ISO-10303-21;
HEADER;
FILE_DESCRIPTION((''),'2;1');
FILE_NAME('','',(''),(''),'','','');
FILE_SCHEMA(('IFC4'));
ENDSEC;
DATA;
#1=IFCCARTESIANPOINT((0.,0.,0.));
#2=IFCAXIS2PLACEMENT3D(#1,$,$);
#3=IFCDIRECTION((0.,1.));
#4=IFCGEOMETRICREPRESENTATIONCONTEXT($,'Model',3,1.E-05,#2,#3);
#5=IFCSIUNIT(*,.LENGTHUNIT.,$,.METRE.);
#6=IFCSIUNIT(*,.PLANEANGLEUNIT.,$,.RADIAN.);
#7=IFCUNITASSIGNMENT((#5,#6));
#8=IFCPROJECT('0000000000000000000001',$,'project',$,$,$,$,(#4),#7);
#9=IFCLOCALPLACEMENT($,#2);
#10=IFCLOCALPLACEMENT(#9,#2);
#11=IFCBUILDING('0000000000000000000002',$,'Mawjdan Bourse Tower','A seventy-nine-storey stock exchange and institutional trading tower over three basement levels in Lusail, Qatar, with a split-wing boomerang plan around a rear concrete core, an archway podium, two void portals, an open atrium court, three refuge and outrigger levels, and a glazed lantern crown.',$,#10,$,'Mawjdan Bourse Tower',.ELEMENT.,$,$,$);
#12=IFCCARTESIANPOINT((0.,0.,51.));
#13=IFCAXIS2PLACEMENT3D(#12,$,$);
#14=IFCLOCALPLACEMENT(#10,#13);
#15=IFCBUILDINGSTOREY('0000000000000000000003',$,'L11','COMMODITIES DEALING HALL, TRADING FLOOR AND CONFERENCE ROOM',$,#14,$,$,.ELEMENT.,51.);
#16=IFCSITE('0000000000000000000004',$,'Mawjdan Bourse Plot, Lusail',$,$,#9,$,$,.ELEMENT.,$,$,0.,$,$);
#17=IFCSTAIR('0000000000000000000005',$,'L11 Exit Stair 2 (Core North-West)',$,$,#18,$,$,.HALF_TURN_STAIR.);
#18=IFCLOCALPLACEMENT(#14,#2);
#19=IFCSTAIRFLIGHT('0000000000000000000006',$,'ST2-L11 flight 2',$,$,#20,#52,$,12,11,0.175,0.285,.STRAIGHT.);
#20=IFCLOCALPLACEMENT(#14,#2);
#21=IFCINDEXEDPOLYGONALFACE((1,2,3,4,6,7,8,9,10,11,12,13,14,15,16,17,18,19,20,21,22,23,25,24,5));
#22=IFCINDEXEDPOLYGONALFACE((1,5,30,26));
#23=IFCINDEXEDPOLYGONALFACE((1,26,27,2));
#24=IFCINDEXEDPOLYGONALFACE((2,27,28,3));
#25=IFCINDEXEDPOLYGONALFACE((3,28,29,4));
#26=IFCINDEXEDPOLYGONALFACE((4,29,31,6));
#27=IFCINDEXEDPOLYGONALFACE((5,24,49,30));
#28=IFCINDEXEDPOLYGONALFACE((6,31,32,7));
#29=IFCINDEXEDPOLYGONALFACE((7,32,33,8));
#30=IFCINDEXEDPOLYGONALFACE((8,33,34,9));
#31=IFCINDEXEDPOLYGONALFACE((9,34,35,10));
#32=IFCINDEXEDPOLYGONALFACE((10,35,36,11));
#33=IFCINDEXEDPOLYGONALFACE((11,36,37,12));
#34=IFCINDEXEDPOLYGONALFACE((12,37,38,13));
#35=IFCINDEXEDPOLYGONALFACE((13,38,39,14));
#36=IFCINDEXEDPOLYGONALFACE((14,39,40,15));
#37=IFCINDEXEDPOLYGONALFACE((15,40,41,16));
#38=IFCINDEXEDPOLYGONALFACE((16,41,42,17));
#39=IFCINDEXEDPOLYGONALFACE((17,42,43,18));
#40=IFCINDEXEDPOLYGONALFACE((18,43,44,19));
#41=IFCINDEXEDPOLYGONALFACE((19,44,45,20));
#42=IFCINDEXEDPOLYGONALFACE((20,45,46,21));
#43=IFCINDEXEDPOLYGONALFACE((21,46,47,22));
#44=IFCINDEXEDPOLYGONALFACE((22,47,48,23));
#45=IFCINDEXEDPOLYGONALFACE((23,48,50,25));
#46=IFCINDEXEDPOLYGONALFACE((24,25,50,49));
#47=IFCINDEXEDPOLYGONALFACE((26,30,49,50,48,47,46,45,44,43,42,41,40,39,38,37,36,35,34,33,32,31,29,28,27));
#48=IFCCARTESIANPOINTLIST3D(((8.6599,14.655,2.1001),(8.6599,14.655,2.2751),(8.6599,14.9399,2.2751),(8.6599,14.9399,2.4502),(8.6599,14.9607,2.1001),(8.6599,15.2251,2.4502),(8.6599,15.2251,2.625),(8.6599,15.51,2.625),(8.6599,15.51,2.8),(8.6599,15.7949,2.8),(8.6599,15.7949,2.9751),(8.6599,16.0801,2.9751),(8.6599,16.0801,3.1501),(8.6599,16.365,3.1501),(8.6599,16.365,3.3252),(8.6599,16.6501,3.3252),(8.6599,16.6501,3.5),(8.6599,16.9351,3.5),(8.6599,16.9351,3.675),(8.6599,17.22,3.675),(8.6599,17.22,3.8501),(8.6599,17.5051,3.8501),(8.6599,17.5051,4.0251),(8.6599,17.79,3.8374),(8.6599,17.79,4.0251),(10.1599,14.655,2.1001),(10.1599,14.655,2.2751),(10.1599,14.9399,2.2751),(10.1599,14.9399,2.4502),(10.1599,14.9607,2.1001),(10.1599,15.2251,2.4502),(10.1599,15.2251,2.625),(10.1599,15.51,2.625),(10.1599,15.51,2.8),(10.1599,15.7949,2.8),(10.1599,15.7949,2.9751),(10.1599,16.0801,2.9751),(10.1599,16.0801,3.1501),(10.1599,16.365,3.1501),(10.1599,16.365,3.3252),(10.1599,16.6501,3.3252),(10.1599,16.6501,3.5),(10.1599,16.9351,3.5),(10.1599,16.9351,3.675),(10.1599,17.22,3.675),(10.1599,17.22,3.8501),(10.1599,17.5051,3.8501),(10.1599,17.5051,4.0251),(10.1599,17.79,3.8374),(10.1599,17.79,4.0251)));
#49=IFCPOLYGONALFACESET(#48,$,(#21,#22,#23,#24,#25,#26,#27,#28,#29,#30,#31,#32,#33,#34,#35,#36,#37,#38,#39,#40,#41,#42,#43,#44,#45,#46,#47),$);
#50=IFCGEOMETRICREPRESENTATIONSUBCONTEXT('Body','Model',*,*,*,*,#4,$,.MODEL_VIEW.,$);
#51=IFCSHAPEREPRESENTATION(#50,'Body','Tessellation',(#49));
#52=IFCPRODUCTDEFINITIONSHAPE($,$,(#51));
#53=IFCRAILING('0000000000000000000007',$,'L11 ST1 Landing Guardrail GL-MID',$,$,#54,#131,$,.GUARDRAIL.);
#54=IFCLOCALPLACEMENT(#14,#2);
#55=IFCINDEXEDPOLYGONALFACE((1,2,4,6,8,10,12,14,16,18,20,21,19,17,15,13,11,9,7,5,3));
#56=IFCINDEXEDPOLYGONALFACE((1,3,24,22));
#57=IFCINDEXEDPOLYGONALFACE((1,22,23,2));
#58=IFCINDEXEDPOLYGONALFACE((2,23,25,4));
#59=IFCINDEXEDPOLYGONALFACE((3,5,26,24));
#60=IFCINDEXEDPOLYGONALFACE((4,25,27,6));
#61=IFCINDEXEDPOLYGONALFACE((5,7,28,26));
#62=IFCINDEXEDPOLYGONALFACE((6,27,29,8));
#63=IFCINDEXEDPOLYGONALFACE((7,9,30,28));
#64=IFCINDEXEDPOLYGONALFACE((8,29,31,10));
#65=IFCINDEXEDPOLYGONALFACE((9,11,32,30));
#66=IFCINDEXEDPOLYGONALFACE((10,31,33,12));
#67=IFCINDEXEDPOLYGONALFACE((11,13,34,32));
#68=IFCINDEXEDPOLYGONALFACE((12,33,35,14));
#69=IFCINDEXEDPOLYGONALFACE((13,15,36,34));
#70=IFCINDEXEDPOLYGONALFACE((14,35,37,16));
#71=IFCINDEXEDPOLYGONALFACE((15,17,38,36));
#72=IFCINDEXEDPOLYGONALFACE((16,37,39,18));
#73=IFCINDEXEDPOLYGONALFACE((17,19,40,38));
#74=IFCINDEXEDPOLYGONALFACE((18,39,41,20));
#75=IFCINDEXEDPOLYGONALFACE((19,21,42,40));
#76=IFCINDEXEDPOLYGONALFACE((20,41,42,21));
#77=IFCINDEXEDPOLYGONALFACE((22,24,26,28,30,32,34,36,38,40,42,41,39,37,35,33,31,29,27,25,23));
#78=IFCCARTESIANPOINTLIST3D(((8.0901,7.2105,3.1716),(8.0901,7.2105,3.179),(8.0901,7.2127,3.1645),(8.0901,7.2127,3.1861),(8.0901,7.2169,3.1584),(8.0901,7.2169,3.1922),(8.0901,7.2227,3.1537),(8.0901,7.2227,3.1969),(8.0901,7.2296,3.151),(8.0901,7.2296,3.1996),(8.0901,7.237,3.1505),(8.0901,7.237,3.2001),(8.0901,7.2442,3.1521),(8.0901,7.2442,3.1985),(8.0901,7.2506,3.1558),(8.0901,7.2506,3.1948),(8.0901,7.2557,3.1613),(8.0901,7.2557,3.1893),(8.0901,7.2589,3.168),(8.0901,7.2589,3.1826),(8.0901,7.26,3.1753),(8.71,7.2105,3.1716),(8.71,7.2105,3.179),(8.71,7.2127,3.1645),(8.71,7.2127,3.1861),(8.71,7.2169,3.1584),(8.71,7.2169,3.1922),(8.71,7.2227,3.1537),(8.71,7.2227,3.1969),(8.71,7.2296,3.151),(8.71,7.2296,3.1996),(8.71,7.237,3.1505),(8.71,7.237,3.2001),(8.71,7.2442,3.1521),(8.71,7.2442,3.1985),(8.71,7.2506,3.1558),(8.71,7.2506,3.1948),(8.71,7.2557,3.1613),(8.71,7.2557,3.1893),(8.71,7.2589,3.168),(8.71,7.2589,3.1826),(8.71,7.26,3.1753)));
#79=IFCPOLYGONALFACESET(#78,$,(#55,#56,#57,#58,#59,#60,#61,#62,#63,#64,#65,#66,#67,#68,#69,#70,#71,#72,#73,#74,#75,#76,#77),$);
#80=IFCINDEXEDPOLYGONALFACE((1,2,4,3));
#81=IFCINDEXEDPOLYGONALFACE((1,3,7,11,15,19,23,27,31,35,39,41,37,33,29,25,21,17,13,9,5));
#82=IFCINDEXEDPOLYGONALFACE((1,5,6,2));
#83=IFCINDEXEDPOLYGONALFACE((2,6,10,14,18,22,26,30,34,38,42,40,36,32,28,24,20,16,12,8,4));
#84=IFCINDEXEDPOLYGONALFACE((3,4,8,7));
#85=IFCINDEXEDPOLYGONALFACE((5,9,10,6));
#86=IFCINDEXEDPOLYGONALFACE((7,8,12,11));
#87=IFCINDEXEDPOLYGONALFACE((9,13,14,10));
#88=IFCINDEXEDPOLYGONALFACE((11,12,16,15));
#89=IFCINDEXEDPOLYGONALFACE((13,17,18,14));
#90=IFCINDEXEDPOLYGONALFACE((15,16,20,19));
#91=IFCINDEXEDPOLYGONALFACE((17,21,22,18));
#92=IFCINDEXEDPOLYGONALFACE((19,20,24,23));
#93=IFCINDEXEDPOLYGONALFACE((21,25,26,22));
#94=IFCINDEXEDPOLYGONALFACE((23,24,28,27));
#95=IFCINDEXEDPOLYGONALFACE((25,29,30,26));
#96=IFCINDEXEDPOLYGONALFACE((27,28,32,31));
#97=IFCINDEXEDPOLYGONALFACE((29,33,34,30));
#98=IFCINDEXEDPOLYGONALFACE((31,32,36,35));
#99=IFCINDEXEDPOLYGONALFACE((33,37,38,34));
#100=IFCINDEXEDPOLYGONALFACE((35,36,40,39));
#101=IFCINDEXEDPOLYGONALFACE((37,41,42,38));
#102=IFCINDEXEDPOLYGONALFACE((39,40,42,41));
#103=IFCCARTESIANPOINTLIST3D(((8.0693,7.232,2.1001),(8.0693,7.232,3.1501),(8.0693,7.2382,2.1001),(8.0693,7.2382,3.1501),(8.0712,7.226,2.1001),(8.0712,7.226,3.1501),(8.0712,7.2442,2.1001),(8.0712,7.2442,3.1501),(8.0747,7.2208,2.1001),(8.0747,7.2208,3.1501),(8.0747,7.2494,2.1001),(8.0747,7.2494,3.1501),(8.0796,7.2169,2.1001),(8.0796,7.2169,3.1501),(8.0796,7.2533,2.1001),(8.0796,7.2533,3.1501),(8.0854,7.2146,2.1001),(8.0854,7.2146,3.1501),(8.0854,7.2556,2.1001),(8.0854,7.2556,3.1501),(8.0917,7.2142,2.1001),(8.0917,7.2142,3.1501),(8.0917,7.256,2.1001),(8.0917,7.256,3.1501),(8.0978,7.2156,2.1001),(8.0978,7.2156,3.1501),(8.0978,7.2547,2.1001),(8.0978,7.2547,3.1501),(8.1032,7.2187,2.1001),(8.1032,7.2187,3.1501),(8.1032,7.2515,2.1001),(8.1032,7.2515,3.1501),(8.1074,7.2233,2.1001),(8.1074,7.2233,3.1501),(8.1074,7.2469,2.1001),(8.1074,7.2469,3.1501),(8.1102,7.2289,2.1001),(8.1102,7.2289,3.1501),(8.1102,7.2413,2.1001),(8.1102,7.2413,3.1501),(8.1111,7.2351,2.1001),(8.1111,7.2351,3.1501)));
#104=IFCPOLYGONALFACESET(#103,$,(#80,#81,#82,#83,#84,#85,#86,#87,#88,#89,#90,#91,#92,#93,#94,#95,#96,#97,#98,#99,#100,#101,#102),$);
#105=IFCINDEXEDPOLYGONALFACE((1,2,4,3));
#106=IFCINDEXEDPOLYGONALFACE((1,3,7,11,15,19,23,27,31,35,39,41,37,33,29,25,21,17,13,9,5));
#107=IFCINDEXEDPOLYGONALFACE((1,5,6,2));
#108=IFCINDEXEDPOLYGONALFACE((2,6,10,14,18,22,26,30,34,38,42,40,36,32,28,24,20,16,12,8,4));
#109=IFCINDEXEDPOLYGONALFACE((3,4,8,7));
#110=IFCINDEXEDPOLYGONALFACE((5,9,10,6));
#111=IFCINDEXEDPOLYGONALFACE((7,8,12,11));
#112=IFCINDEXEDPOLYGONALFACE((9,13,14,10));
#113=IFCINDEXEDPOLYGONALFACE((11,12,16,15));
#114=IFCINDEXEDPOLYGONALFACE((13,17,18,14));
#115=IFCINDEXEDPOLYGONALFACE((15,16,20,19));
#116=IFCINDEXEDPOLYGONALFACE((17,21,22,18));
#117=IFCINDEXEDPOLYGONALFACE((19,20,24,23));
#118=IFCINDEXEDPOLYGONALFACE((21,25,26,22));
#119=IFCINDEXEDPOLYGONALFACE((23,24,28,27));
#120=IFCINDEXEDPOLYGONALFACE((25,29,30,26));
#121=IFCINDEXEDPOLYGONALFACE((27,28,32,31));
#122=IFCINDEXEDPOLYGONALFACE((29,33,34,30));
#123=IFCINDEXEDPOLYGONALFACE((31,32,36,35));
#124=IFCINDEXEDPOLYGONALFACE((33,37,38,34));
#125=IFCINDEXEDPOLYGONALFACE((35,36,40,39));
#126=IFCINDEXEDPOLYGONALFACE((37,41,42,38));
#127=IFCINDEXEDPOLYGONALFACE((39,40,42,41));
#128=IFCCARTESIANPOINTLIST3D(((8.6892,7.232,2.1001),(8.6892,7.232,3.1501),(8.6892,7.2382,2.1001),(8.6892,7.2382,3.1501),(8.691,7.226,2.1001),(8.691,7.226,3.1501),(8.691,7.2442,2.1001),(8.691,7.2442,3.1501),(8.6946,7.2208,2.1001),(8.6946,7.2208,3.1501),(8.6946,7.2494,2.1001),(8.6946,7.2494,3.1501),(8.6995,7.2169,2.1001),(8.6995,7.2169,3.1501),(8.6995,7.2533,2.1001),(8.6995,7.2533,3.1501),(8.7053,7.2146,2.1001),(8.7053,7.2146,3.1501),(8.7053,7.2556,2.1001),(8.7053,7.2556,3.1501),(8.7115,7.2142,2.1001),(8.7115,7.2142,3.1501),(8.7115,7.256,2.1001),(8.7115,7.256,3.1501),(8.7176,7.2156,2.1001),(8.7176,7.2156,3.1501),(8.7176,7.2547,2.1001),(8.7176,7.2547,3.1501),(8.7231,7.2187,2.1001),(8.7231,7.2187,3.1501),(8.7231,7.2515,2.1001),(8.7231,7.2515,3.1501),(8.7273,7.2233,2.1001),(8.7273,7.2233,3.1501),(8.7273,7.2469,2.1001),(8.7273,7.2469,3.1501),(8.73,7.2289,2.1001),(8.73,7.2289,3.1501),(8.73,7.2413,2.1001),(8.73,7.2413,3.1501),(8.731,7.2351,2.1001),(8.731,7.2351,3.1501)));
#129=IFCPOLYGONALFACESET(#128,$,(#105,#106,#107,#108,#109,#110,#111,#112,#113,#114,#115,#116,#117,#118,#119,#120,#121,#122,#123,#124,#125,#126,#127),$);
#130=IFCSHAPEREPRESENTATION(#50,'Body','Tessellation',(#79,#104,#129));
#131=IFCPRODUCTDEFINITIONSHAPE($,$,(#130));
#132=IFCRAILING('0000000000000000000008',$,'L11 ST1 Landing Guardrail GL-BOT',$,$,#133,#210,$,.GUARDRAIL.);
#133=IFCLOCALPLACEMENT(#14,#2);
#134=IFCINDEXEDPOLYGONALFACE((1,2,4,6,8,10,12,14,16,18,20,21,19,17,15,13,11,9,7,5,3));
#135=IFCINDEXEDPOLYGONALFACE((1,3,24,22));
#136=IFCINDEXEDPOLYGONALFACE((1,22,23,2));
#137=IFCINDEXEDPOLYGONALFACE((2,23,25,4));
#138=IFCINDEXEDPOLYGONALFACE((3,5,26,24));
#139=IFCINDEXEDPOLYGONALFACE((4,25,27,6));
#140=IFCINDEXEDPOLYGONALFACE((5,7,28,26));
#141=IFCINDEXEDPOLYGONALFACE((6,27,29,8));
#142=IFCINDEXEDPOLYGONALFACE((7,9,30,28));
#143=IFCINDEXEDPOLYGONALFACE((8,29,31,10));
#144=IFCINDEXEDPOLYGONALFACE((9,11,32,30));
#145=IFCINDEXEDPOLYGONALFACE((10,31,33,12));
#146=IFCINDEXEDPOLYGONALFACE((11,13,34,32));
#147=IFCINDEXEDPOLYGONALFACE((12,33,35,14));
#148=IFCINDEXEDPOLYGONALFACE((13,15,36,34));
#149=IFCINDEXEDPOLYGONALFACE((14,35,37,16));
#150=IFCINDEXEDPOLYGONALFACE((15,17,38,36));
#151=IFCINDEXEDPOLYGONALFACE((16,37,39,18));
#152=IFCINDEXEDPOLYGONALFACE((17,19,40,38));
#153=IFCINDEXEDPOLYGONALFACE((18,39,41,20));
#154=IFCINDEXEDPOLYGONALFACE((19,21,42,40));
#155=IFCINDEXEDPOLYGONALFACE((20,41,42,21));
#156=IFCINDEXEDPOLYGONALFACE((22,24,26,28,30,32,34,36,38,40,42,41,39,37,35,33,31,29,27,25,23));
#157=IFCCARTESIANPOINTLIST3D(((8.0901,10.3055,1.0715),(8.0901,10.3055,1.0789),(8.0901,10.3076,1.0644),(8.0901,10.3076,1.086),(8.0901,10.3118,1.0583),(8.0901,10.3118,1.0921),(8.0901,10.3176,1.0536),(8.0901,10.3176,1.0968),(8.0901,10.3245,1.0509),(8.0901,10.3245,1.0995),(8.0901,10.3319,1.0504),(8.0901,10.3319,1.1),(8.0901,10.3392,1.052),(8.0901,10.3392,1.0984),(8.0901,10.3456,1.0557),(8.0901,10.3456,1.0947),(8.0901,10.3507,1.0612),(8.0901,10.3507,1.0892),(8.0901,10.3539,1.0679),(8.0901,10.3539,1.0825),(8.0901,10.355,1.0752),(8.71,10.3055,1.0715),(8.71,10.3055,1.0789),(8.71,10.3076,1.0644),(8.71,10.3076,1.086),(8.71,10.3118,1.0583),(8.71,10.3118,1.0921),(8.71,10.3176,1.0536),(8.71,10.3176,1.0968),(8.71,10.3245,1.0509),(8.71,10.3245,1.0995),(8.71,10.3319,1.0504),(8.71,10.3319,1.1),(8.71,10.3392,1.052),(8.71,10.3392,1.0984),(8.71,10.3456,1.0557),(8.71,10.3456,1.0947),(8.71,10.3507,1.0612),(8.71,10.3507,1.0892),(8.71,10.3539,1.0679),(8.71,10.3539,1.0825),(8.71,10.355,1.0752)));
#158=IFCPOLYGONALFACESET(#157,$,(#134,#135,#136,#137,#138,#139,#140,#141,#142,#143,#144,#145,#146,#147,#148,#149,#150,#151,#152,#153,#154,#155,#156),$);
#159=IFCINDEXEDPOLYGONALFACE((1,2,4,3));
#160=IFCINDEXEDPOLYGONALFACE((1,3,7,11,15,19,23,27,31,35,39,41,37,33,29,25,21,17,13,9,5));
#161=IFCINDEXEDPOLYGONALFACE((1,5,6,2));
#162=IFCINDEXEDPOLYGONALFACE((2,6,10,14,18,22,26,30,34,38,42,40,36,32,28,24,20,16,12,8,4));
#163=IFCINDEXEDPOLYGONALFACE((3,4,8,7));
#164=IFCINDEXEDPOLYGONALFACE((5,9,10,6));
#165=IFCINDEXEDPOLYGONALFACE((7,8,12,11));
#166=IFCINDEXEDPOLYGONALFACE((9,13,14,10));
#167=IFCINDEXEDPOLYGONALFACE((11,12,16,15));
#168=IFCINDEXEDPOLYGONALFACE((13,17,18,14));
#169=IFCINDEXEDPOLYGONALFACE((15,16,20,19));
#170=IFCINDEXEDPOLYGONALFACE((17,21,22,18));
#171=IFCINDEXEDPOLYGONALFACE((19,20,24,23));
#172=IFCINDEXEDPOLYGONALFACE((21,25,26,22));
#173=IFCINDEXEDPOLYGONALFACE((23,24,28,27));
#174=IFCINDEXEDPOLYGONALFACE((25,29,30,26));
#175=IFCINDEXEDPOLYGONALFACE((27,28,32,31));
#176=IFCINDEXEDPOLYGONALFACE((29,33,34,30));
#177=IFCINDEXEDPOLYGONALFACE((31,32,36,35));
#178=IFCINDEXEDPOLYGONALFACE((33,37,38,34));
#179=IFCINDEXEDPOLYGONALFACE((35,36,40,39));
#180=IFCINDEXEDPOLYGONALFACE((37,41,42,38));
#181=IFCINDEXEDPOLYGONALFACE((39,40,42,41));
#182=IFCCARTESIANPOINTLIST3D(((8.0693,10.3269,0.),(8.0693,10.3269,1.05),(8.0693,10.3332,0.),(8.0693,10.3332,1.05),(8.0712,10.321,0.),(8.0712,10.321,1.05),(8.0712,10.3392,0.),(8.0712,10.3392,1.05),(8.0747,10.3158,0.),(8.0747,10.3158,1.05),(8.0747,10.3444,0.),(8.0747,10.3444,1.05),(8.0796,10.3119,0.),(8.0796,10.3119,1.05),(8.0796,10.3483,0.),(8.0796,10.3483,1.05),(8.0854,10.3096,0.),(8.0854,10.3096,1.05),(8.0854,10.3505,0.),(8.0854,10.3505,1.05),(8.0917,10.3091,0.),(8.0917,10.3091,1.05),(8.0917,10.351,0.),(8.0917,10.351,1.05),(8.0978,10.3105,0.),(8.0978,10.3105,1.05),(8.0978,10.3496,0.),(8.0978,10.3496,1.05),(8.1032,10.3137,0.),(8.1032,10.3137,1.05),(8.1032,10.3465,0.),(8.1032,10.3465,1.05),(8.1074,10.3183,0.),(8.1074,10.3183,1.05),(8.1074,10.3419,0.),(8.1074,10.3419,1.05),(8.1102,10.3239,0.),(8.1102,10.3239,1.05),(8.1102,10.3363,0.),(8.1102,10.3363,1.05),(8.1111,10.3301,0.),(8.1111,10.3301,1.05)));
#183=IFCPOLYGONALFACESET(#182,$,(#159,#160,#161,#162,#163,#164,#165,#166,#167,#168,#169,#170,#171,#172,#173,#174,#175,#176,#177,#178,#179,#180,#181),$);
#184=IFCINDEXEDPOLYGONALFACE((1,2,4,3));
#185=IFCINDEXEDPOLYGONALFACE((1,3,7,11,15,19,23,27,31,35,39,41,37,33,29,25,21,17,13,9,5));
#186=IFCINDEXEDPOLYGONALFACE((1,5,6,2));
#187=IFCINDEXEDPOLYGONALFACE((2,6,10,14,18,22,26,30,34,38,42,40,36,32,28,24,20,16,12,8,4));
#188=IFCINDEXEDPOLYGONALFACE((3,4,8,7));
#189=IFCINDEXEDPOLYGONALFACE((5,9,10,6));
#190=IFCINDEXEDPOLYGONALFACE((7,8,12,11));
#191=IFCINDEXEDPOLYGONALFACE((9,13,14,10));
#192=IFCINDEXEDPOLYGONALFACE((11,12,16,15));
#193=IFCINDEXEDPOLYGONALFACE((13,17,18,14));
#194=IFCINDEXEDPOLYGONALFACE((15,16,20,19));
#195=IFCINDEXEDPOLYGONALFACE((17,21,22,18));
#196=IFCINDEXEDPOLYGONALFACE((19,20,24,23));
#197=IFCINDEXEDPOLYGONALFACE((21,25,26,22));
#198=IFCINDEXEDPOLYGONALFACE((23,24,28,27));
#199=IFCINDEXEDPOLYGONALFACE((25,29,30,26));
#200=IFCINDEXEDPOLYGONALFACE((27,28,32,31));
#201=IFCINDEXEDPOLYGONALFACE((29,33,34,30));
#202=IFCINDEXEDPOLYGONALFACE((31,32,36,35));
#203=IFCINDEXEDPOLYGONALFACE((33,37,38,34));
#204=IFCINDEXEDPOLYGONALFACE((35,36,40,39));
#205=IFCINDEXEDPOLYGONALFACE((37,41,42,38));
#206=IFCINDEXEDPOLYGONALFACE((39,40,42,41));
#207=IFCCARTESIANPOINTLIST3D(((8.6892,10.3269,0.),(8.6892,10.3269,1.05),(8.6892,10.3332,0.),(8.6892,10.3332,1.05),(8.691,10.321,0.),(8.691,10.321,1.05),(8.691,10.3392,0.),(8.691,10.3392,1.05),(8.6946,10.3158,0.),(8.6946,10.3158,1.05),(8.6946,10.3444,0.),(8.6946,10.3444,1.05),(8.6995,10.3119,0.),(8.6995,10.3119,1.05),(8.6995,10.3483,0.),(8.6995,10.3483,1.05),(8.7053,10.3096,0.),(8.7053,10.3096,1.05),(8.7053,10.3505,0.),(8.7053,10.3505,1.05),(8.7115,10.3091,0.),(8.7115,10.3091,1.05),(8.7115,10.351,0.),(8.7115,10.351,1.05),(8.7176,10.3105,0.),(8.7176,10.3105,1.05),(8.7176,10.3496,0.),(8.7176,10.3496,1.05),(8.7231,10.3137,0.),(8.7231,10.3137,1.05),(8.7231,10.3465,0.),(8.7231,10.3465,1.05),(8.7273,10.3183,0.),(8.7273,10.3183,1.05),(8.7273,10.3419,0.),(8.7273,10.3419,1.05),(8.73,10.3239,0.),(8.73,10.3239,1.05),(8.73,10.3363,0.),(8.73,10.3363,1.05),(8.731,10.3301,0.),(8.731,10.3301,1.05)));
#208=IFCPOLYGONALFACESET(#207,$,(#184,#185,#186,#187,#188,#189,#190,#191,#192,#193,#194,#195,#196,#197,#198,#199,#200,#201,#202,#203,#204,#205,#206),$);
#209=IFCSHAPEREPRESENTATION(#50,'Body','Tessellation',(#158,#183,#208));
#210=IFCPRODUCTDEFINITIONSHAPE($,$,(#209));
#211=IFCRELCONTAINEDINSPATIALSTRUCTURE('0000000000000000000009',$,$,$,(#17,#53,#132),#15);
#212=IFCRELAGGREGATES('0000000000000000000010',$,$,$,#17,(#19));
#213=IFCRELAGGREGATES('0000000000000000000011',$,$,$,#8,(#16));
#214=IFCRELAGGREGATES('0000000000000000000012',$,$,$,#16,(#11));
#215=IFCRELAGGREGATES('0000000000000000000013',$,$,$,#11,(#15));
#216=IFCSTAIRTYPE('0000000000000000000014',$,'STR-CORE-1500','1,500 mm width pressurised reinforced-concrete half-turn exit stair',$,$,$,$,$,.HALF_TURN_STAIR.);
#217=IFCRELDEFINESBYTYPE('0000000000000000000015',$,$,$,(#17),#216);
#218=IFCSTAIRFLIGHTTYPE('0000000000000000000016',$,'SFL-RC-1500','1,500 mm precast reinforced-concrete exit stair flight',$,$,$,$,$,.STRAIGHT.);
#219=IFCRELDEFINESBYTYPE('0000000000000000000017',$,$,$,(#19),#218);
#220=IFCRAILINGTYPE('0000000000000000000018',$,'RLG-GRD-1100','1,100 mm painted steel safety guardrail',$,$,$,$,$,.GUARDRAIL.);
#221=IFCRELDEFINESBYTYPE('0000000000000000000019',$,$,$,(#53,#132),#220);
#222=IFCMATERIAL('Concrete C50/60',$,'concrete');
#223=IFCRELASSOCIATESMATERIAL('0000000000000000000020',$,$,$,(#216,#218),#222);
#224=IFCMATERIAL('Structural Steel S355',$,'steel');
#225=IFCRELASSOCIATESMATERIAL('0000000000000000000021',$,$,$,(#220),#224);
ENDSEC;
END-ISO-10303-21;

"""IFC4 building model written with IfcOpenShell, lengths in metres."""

from ifc_helpers import new_model, si_unit, direction, frame, origin, origin_2d, place, context, subcontext, project, spatial, polyline, circle, outline, extrude, material, type_object, element, aggregate, save


model = new_model("IFC4")

# Units and contexts
model_context = context("Model", 3, precision=1e-05, world=origin(), true_north=direction((0.0, 1.0)))
body_context = subcontext(model_context, "Body", "Model", "MODEL_VIEW")
ifc_project = project(units=[si_unit("LENGTHUNIT", "METRE"), si_unit("PLANEANGLEUNIT", "RADIAN")], contexts=[model_context])

# Site, building, storey
site_placement = place(None, origin())
site = spatial("IfcSite", under=ifc_project, at=site_placement, Name="Mawjdan Bourse Plot, Lusail", CompositionType="ELEMENT", RefElevation=0.0)
building_placement = place(site_placement, origin())
building = spatial("IfcBuilding", under=site, at=building_placement, Name="Mawjdan Bourse Tower", Description="A seventy-nine-storey stock exchange and institutional trading tower over three basement levels in Lusail, Qatar, with a split-wing boomerang plan around a rear concrete core, an archway podium, two void portals, an open atrium court, three refuge and outrigger levels, and a glazed lantern crown.", LongName="Mawjdan Bourse Tower", CompositionType="ELEMENT")
storey_placement = place(building_placement, frame((0.0, 0.0, 51.0)))
storey = spatial("IfcBuildingStorey", under=building, at=storey_placement, Name="L11", Description="COMMODITIES DEALING HALL, TRADING FLOOR AND CONFERENCE ROOM", CompositionType="ELEMENT", Elevation=51.0)

# Shared definitions
ifc_material_1 = material(Name="Structural Steel S355", Category="steel")

# Shared definitions
ifc_material_2 = material(Name="Concrete C50/60", Category="concrete")

# Stair, stair flight
stair_type = type_object("IfcStairType", Name="STR-CORE-1500", Description="1,500 mm width pressurised reinforced-concrete half-turn exit stair", PredefinedType="HALF_TURN_STAIR", material=ifc_material_2)
stair_flight_type = type_object("IfcStairFlightType", Name="SFL-RC-1500", Description="1,500 mm precast reinforced-concrete exit stair flight", PredefinedType="STRAIGHT", material=ifc_material_2)
stair_1_placement = place(storey_placement, origin())
stair_1 = element("IfcStair", 1, at=stair_1_placement, inside=storey, type_object=stair_type, Name="L11 Exit Stair 2 (Core North-West)", PredefinedType="HALF_TURN_STAIR")
stair_flight_1_placement = place(storey_placement, frame((9.4099, 14.655, 2.1001), z_axis=(0.0, 0.0, 1.0), x_axis=(0.0, 1.0, 0.0)))
stair_flight_1 = element("IfcStairFlight", 2, at=stair_flight_1_placement, type_object=stair_flight_type, Name="ST2-L11 flight 2", NumberOfRisers=12, NumberOfTreads=11, PredefinedType="STRAIGHT", RiserHeight=0.175, TreadLength=0.285, context=body_context, shape_type="SweptSolid", body=[
    extrude(outline(polyline([(0.0, 0.0), (0.0, 0.175), (0.2849, 0.175), (0.2849, 0.3501), (0.5701, 0.3501), (0.5701, 0.5249), (0.855, 0.5249), (0.855, 0.7), (1.1399, 0.7), (1.1399, 0.875), (1.425, 0.875), (1.425, 1.05), (1.71, 1.05), (1.71, 1.2251), (1.9951, 1.2251), (1.9951, 1.3999), (2.28, 1.3999), (2.28, 1.575), (2.5649, 1.575), (2.5649, 1.75), (2.8501, 1.75), (2.8501, 1.925), (3.135, 1.925), (3.135, 2.1001), (3.135, 1.7373), (0.3057, 0.0), (0.0, 0.0)])), frame((0.0, 0.75, 0.0), z_axis=(0.0, -1.0, 0.0), x_axis=(1.0, 0.0, 0.0)), (0.0, 0.0, 1.0), 1.5),
])
aggregate(stair_1, [stair_flight_1])

# Railings
railing_type_1 = type_object("IfcRailingType", Name="RLG-GRD-1100", Description="1,100 mm painted steel safety guardrail", PredefinedType="GUARDRAIL", material=ifc_material_1)
for number, where, name in (
    (3, (8.0901, 7.2351, 2.1001), "L11 ST1 Landing Guardrail GL-MID"),
    (4, (8.0901, 10.3301, 0.0), "L11 ST1 Landing Guardrail GL-BOT"),
):
    element("IfcRailing", number, at=place(storey_placement, frame(where)), inside=storey, type_object=railing_type_1, Name=name, PredefinedType="GUARDRAIL", context=body_context, shape_type="SweptSolid", body=[
        extrude(circle(Radius=0.0249, at=origin_2d()), frame((0.0, 0.0, 1.0752), z_axis=(1.0, 0.0, 0.0), x_axis=(0.0, 1.0, 0.0)), (0.0, 0.0, 1.0), 0.6199),
        extrude(circle(Radius=0.021, at=origin_2d()), origin(), (0.0, 0.0, 1.0), 1.05),
        extrude(circle(Radius=0.021, at=origin_2d()), frame((0.6199, 0.0, 0.0)), (0.0, 0.0, 1.0), 1.05),
    ])

save(model, "model.ifc")
